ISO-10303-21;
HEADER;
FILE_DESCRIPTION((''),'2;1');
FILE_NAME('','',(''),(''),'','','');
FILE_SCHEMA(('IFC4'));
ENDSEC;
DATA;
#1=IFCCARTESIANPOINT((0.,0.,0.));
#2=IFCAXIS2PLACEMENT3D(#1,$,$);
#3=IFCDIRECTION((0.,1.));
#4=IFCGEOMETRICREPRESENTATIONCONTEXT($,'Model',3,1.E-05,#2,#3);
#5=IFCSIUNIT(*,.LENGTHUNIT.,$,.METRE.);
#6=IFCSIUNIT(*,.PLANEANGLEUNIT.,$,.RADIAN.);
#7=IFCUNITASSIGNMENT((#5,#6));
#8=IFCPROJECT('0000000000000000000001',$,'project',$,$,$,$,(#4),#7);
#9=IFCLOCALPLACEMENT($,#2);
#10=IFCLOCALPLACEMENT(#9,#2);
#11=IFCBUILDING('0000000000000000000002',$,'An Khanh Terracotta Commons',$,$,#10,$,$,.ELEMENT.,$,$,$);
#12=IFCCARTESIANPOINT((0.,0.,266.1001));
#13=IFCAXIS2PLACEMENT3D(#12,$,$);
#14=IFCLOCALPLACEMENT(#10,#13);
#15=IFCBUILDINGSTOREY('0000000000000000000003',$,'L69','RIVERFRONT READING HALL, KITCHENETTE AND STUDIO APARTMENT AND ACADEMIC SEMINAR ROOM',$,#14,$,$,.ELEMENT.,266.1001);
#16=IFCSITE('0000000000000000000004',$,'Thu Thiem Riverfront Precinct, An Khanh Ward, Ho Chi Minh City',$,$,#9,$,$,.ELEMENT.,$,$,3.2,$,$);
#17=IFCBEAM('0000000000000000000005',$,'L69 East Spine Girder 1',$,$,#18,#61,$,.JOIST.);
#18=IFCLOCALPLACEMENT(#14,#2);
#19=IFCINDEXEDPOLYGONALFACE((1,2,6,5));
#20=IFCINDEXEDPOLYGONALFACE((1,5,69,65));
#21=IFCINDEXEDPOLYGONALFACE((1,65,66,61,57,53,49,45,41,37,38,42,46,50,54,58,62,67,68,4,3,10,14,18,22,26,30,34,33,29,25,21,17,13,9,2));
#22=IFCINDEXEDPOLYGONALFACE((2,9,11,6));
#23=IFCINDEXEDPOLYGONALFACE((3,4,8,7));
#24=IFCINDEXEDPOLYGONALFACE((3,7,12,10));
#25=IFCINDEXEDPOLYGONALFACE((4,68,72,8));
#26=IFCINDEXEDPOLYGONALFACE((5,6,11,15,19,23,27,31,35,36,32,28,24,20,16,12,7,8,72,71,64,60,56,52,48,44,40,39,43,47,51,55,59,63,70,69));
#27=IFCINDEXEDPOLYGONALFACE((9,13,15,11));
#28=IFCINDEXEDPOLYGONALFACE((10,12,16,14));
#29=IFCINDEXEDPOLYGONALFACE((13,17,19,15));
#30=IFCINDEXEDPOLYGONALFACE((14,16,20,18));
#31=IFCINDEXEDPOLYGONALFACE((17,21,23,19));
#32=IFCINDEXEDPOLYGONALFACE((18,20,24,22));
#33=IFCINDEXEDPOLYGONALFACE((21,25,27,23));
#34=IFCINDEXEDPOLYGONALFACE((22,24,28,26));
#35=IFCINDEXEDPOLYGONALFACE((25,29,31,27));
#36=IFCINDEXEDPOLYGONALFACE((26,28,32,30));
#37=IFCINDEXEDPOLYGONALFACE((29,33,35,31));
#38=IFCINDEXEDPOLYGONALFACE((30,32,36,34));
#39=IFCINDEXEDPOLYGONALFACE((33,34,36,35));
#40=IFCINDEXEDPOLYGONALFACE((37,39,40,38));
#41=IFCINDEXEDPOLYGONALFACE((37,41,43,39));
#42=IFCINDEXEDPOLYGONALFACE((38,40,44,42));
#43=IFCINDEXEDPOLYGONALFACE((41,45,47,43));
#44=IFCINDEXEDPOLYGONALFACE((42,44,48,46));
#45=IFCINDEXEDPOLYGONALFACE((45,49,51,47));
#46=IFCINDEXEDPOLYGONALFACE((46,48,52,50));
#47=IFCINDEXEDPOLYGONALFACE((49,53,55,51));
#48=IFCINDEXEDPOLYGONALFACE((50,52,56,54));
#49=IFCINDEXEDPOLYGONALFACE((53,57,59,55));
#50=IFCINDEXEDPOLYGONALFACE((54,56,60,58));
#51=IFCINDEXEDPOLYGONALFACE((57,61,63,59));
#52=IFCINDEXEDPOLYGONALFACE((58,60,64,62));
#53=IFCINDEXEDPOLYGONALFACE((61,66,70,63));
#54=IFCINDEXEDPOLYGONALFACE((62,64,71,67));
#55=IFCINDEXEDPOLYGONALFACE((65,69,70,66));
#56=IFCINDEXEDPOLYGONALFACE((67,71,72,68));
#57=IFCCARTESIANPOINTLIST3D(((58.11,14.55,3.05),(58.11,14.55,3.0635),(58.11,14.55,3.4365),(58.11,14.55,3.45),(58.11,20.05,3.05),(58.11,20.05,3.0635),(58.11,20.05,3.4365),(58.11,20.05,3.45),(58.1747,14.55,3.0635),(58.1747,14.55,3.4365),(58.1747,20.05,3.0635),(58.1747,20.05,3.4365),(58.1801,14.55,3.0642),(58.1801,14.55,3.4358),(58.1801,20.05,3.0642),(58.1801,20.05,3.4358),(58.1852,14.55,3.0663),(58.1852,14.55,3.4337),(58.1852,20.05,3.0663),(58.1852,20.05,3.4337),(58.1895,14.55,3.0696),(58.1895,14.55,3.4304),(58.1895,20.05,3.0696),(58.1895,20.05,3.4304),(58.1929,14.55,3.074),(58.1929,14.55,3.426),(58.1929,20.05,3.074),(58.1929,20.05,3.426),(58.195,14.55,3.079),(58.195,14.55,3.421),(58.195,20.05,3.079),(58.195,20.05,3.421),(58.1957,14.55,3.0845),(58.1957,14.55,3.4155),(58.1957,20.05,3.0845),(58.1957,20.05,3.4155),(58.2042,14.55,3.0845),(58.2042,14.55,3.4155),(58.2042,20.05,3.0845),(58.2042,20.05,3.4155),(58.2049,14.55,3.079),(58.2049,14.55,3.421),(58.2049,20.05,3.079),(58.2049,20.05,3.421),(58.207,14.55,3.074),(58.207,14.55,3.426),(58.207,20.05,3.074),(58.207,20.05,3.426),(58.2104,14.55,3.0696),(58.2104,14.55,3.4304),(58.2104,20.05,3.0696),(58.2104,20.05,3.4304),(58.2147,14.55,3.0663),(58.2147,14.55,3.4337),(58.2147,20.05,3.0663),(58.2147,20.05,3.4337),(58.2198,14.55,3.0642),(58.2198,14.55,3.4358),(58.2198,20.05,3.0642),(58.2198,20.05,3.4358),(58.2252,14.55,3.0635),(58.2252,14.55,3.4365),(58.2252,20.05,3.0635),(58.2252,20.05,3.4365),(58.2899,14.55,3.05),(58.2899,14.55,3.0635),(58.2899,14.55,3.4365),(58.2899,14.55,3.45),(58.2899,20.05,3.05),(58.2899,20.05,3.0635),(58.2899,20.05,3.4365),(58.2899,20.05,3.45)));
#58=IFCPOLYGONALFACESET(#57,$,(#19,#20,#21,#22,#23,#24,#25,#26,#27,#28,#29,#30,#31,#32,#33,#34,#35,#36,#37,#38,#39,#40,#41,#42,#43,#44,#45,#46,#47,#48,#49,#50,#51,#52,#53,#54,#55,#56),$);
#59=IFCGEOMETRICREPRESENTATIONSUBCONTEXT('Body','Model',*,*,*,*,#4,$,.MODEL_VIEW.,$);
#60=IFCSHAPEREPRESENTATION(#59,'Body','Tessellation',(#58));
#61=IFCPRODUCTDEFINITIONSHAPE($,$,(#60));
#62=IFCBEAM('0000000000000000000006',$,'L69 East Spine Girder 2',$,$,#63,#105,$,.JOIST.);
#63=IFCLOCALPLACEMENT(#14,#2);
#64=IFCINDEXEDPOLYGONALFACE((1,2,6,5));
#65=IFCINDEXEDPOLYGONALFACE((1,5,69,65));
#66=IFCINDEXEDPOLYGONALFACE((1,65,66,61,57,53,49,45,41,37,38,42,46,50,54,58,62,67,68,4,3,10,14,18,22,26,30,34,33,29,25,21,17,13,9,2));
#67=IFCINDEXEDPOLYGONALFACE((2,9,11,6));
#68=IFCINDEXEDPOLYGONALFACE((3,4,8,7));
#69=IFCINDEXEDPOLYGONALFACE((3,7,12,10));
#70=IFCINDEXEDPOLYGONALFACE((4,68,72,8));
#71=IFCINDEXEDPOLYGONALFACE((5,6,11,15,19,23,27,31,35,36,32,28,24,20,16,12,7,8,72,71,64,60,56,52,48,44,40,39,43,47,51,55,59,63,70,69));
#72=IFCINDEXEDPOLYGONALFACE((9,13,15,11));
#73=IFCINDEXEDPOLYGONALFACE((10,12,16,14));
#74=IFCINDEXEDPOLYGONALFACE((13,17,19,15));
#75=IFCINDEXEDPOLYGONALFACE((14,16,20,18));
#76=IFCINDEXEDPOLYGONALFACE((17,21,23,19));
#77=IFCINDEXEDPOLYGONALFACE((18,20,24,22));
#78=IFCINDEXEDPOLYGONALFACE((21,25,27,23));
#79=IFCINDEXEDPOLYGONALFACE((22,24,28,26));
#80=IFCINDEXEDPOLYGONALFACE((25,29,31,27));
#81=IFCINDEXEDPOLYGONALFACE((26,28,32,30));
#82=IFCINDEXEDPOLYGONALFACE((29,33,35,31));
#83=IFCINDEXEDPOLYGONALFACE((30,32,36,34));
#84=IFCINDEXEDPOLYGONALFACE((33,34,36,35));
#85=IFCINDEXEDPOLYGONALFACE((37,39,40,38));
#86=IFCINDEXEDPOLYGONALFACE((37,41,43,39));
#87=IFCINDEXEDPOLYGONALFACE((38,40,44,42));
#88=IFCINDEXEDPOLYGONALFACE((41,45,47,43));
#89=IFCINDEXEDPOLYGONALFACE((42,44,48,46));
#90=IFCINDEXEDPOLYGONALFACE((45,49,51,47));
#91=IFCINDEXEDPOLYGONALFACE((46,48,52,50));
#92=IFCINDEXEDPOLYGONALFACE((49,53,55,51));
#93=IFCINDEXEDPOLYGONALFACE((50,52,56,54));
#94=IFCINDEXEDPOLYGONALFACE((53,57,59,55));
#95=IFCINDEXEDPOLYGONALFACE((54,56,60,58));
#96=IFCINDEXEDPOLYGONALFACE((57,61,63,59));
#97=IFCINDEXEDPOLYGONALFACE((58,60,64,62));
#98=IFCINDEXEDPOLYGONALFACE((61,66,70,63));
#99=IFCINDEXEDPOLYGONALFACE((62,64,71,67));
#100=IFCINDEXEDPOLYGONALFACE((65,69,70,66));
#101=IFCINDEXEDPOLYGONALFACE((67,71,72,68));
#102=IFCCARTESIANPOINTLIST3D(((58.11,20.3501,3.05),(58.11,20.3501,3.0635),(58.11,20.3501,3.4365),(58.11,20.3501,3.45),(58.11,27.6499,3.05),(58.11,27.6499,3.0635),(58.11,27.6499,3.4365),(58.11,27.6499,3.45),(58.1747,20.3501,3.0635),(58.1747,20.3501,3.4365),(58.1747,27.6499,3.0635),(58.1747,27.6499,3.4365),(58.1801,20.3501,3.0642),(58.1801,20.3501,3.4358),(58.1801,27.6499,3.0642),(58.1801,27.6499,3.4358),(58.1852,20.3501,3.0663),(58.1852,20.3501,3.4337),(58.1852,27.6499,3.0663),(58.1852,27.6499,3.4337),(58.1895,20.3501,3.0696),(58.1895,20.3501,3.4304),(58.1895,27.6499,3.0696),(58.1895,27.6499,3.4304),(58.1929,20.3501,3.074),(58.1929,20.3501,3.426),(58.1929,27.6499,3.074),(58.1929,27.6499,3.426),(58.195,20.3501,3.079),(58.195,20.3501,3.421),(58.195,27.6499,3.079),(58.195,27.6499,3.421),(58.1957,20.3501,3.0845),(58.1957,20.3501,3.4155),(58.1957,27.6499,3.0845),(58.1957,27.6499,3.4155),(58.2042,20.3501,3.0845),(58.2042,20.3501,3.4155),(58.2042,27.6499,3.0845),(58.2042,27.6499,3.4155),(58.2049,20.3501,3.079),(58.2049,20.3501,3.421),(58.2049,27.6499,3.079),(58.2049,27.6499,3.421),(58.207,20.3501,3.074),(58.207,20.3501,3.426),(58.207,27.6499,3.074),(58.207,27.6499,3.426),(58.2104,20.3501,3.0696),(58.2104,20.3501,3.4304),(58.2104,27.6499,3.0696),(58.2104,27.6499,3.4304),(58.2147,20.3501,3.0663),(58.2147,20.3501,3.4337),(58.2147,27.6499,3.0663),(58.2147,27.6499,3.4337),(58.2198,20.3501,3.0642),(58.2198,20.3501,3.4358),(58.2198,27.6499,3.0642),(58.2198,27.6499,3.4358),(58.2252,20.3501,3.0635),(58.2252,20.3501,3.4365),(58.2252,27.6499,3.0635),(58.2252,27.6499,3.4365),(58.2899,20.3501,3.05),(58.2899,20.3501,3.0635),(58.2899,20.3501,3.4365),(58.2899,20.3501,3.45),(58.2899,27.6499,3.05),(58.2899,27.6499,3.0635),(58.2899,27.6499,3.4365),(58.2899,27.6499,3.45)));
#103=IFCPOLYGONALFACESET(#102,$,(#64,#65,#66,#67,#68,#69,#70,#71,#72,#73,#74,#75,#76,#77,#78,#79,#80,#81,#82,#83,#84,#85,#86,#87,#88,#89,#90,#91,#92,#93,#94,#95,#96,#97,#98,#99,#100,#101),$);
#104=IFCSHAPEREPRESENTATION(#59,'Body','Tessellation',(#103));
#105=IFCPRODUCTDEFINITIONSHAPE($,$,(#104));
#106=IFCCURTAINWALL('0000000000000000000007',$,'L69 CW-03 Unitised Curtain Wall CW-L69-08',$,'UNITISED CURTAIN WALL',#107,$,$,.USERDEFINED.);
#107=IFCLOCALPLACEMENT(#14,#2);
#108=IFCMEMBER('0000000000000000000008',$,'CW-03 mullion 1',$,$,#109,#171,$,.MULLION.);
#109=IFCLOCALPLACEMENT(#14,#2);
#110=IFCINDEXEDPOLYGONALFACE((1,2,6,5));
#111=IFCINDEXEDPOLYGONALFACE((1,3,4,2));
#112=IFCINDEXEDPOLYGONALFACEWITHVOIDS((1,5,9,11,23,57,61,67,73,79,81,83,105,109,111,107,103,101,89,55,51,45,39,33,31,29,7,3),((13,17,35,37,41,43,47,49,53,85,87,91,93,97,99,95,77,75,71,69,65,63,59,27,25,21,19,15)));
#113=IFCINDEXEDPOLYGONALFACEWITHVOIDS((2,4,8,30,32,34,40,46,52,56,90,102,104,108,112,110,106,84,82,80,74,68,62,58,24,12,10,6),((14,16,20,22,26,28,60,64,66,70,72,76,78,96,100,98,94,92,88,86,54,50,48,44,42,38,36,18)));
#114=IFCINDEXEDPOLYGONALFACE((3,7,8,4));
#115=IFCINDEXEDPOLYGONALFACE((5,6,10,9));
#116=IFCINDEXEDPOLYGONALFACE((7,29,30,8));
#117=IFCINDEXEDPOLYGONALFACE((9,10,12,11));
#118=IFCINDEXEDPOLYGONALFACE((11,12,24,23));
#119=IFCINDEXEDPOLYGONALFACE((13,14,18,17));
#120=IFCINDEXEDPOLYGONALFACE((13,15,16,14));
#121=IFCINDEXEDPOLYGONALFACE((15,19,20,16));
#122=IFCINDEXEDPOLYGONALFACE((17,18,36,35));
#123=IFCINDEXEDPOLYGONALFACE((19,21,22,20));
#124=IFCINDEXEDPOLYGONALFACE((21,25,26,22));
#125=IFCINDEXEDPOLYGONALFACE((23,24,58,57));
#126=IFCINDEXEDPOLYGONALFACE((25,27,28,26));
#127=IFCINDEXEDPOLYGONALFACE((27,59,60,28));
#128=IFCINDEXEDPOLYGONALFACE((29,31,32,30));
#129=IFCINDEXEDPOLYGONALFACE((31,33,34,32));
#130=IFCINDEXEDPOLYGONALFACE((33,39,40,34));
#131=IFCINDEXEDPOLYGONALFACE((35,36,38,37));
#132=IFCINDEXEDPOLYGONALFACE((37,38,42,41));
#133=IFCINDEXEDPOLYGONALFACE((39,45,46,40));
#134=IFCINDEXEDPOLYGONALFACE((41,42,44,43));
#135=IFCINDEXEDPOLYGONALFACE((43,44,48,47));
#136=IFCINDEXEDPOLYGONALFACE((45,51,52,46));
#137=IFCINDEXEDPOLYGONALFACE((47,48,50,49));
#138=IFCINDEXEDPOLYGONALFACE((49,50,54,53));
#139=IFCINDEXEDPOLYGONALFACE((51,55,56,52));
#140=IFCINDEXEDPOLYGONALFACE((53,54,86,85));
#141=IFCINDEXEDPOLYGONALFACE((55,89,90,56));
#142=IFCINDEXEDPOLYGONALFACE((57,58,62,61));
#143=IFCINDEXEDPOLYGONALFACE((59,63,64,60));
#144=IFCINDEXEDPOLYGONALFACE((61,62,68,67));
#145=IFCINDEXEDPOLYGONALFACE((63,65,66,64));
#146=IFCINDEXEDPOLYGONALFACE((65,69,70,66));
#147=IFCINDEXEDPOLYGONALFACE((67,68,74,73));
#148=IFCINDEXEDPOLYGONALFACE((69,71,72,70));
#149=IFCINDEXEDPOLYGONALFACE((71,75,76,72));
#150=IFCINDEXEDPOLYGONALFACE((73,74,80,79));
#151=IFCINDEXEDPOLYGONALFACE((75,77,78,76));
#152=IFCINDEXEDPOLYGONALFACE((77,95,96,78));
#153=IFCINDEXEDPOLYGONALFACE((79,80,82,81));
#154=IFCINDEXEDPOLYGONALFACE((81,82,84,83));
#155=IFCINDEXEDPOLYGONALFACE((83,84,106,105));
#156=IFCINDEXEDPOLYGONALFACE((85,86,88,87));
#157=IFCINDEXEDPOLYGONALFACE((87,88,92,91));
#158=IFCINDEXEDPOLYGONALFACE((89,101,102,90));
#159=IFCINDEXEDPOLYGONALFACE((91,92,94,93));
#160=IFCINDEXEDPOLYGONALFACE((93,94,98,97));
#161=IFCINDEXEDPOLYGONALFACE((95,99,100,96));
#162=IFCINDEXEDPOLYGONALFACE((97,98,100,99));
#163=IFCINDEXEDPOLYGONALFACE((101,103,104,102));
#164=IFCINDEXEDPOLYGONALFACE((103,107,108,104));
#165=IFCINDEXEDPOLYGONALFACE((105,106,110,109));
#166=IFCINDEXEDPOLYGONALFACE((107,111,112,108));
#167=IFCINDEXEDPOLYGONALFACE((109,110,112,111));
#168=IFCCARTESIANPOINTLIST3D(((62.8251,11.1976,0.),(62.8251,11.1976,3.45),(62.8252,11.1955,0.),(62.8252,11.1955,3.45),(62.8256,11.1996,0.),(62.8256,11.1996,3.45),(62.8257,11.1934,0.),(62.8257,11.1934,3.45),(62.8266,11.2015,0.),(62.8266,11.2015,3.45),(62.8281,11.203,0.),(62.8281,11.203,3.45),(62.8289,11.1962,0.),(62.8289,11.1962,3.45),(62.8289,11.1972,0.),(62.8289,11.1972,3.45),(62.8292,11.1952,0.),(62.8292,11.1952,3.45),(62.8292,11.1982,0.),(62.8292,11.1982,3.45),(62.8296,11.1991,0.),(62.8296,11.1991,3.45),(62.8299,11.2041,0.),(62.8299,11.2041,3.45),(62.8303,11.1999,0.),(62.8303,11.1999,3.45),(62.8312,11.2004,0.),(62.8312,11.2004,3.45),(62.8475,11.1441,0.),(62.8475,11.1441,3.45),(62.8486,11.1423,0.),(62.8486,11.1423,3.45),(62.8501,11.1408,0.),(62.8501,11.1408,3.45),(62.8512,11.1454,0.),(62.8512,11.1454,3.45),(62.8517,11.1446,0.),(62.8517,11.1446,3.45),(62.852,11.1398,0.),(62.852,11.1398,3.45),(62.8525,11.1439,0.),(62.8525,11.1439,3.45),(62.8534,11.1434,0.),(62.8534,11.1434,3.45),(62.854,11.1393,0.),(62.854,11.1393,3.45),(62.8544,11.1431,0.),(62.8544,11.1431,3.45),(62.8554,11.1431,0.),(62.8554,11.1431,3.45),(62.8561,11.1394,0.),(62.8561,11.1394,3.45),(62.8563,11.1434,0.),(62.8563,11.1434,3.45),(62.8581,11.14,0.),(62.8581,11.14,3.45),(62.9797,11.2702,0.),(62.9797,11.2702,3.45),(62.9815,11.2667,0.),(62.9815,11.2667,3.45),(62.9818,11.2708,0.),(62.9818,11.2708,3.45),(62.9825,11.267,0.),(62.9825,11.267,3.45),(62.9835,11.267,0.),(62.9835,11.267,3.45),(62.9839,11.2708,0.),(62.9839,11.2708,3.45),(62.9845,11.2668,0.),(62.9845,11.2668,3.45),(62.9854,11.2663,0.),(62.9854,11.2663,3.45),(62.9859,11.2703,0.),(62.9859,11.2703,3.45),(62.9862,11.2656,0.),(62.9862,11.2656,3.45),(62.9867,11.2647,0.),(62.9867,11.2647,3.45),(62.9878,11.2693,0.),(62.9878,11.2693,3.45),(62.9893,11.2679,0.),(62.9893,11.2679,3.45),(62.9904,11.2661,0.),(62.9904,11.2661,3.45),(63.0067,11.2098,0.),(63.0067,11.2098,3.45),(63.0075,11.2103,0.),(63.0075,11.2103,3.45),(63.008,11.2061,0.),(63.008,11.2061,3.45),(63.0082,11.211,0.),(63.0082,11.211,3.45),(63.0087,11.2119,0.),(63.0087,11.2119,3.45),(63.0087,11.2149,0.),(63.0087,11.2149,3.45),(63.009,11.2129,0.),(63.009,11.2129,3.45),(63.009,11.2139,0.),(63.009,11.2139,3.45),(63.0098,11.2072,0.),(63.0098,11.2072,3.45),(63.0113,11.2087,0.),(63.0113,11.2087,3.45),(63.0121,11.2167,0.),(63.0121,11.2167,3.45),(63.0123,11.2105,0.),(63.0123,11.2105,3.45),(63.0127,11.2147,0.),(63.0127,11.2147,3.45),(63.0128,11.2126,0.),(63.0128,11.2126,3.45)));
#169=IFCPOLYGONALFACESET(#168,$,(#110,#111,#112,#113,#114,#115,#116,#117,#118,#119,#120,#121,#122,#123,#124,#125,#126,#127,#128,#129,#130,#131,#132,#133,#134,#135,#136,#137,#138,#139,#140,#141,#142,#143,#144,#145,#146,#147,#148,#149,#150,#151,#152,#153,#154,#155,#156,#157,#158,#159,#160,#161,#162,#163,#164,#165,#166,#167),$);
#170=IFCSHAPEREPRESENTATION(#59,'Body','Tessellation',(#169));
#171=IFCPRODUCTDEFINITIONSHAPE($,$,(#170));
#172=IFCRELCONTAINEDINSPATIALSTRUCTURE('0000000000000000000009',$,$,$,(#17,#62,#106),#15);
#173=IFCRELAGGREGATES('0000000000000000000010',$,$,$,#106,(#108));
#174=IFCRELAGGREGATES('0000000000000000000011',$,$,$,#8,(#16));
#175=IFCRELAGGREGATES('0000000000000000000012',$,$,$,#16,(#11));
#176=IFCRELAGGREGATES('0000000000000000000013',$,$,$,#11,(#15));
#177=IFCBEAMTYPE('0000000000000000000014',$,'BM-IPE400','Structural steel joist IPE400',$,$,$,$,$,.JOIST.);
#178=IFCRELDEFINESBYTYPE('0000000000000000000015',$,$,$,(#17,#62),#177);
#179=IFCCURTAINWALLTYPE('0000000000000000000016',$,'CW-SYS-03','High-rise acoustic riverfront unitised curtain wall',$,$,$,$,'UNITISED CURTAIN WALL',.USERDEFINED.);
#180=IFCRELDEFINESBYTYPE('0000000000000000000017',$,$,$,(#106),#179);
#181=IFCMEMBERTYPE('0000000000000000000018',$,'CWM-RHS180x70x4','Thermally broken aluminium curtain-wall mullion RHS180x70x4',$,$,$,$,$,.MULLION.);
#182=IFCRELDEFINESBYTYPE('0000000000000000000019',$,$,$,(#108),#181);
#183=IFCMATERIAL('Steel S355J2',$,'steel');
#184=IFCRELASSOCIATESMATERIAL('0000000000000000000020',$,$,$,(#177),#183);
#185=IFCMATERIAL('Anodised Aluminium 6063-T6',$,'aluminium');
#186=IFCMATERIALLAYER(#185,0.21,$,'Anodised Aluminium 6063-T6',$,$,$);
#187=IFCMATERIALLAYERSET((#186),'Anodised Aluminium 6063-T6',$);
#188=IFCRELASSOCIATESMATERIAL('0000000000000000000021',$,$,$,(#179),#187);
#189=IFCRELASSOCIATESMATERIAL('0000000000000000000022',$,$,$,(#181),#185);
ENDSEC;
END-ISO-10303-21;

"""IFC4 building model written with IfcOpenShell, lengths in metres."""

from ifc_helpers import new_model, si_unit, direction, frame, origin, origin_2d, place, context, subcontext, project, spatial, hollow_rectangle, i_section, extrude, material, layer, layer_set, material_profile, profile_set, type_object, element, aggregate, save


model = new_model("IFC4")

# Units and contexts
model_context = context("Model", 3, precision=1e-05, world=origin(), true_north=direction((0.0, 1.0)))
body_context = subcontext(model_context, "Body", "Model", "MODEL_VIEW")
ifc_project = project(units=[si_unit("LENGTHUNIT", "METRE"), si_unit("PLANEANGLEUNIT", "RADIAN")], contexts=[model_context])

# Site, building, storey
site_placement = place(None, origin())
site = spatial("IfcSite", under=ifc_project, at=site_placement, Name="Thu Thiem Riverfront Precinct, An Khanh Ward, Ho Chi Minh City", CompositionType="ELEMENT", RefElevation=3.2)
building_placement = place(site_placement, origin())
building = spatial("IfcBuilding", under=site, at=building_placement, Name="An Khanh Terracotta Commons", CompositionType="ELEMENT")
storey_placement = place(building_placement, frame((0.0, 0.0, 266.1001)))
storey = spatial("IfcBuildingStorey", under=building, at=storey_placement, Name="L69", Description="RIVERFRONT READING HALL, KITCHENETTE AND STUDIO APARTMENT AND ACADEMIC SEMINAR ROOM", CompositionType="ELEMENT", Elevation=266.1001)

# Beams
ifc_material_1 = material(Name="Steel S355J2", Category="steel")
ifc_material_profile_1 = material_profile(ifc_material_1, i_section(OverallWidth=0.1799, OverallDepth=0.3999, WebThickness=0.0085, FlangeThickness=0.0134, FilletRadius=0.021, at=origin_2d()), Name="IPE400")
ifc_profile_set_1 = profile_set([ifc_material_profile_1], Name="Steel S355J2")
beam_type_1 = type_object("IfcBeamType", Name="BM-IPE400", Description="Structural steel joist IPE400", PredefinedType="JOIST", material=ifc_profile_set_1)
beam_1_placement = place(storey_placement, frame((58.2, 14.55, 3.25), z_axis=(0.0, 1.0, 0.0), x_axis=(-1.0, 0.0, 0.0)))
element("IfcBeam", 1, at=beam_1_placement, inside=storey, type_object=beam_type_1, Name="L69 East Spine Girder 1", PredefinedType="JOIST", context=body_context, shape_type="SweptSolid", body=[
    extrude(i_section(OverallWidth=0.1799, OverallDepth=0.3999, WebThickness=0.0085, FlangeThickness=0.0134, FilletRadius=0.021, at=origin_2d()), origin(), (0.0, 0.0, 1.0), 5.5),
])
beam_2_placement = place(storey_placement, frame((58.2, 20.3501, 3.25), z_axis=(0.0, 1.0, 0.0), x_axis=(-1.0, 0.0, 0.0)))
element("IfcBeam", 2, at=beam_2_placement, inside=storey, type_object=beam_type_1, Name="L69 East Spine Girder 2", PredefinedType="JOIST", context=body_context, shape_type="SweptSolid", body=[
    extrude(i_section(OverallWidth=0.1799, OverallDepth=0.3999, WebThickness=0.0085, FlangeThickness=0.0134, FilletRadius=0.021, at=origin_2d()), origin(), (0.0, 0.0, 1.0), 7.2998),
])

# Curtain wall, member
ifc_material_2 = material(Name="Anodised Aluminium 6063-T6", Category="aluminium")
ifc_layer_1 = layer(ifc_material_2, 0.21, Name="Anodised Aluminium 6063-T6")
ifc_layer_set_1 = layer_set([ifc_layer_1], Name="Anodised Aluminium 6063-T6")
curtain_wall_type = type_object("IfcCurtainWallType", Name="CW-SYS-03", Description="High-rise acoustic riverfront unitised curtain wall", ElementType="UNITISED CURTAIN WALL", PredefinedType="USERDEFINED", material=ifc_layer_set_1)
curtain_wall_placement = place(storey_placement, origin())
curtain_wall = element("IfcCurtainWall", 3, at=curtain_wall_placement, inside=storey, type_object=curtain_wall_type, Name="L69 CW-03 Unitised Curtain Wall CW-L69-08", ObjectType="UNITISED CURTAIN WALL", PredefinedType="USERDEFINED")
ifc_material_profile_2 = material_profile(ifc_material_2, hollow_rectangle(XDim=0.0701, YDim=0.1799, WallThickness=0.0039, InnerFilletRadius=0.0039, OuterFilletRadius=0.0081, at=origin_2d()), Name="RHS180x70x4")
ifc_profile_set_2 = profile_set([ifc_material_profile_2], Name="Anodised Aluminium 6063-T6")
member_type_1 = type_object("IfcMemberType", Name="CWM-RHS180x70x4", Description="Thermally broken aluminium curtain-wall mullion RHS180x70x4", PredefinedType="MULLION", material=ifc_profile_set_2)
member_1_placement = place(storey_placement, frame((62.9189, 11.2051, 0.0), z_axis=(0.0, 0.0, 1.0), x_axis=(-0.403676, 0.914902, 0.0)))
member_1 = element("IfcMember", 4, at=member_1_placement, type_object=member_type_1, Name="CW-03 mullion 1", PredefinedType="MULLION", context=body_context, shape_type="SweptSolid", body=[
    extrude(hollow_rectangle(XDim=0.0701, YDim=0.1799, WallThickness=0.0039, InnerFilletRadius=0.0039, OuterFilletRadius=0.0081, at=origin_2d()), origin(), (0.0, 0.0, 1.0), 3.45),
])
aggregate(curtain_wall, [member_1])

save(model, "model.ifc")
